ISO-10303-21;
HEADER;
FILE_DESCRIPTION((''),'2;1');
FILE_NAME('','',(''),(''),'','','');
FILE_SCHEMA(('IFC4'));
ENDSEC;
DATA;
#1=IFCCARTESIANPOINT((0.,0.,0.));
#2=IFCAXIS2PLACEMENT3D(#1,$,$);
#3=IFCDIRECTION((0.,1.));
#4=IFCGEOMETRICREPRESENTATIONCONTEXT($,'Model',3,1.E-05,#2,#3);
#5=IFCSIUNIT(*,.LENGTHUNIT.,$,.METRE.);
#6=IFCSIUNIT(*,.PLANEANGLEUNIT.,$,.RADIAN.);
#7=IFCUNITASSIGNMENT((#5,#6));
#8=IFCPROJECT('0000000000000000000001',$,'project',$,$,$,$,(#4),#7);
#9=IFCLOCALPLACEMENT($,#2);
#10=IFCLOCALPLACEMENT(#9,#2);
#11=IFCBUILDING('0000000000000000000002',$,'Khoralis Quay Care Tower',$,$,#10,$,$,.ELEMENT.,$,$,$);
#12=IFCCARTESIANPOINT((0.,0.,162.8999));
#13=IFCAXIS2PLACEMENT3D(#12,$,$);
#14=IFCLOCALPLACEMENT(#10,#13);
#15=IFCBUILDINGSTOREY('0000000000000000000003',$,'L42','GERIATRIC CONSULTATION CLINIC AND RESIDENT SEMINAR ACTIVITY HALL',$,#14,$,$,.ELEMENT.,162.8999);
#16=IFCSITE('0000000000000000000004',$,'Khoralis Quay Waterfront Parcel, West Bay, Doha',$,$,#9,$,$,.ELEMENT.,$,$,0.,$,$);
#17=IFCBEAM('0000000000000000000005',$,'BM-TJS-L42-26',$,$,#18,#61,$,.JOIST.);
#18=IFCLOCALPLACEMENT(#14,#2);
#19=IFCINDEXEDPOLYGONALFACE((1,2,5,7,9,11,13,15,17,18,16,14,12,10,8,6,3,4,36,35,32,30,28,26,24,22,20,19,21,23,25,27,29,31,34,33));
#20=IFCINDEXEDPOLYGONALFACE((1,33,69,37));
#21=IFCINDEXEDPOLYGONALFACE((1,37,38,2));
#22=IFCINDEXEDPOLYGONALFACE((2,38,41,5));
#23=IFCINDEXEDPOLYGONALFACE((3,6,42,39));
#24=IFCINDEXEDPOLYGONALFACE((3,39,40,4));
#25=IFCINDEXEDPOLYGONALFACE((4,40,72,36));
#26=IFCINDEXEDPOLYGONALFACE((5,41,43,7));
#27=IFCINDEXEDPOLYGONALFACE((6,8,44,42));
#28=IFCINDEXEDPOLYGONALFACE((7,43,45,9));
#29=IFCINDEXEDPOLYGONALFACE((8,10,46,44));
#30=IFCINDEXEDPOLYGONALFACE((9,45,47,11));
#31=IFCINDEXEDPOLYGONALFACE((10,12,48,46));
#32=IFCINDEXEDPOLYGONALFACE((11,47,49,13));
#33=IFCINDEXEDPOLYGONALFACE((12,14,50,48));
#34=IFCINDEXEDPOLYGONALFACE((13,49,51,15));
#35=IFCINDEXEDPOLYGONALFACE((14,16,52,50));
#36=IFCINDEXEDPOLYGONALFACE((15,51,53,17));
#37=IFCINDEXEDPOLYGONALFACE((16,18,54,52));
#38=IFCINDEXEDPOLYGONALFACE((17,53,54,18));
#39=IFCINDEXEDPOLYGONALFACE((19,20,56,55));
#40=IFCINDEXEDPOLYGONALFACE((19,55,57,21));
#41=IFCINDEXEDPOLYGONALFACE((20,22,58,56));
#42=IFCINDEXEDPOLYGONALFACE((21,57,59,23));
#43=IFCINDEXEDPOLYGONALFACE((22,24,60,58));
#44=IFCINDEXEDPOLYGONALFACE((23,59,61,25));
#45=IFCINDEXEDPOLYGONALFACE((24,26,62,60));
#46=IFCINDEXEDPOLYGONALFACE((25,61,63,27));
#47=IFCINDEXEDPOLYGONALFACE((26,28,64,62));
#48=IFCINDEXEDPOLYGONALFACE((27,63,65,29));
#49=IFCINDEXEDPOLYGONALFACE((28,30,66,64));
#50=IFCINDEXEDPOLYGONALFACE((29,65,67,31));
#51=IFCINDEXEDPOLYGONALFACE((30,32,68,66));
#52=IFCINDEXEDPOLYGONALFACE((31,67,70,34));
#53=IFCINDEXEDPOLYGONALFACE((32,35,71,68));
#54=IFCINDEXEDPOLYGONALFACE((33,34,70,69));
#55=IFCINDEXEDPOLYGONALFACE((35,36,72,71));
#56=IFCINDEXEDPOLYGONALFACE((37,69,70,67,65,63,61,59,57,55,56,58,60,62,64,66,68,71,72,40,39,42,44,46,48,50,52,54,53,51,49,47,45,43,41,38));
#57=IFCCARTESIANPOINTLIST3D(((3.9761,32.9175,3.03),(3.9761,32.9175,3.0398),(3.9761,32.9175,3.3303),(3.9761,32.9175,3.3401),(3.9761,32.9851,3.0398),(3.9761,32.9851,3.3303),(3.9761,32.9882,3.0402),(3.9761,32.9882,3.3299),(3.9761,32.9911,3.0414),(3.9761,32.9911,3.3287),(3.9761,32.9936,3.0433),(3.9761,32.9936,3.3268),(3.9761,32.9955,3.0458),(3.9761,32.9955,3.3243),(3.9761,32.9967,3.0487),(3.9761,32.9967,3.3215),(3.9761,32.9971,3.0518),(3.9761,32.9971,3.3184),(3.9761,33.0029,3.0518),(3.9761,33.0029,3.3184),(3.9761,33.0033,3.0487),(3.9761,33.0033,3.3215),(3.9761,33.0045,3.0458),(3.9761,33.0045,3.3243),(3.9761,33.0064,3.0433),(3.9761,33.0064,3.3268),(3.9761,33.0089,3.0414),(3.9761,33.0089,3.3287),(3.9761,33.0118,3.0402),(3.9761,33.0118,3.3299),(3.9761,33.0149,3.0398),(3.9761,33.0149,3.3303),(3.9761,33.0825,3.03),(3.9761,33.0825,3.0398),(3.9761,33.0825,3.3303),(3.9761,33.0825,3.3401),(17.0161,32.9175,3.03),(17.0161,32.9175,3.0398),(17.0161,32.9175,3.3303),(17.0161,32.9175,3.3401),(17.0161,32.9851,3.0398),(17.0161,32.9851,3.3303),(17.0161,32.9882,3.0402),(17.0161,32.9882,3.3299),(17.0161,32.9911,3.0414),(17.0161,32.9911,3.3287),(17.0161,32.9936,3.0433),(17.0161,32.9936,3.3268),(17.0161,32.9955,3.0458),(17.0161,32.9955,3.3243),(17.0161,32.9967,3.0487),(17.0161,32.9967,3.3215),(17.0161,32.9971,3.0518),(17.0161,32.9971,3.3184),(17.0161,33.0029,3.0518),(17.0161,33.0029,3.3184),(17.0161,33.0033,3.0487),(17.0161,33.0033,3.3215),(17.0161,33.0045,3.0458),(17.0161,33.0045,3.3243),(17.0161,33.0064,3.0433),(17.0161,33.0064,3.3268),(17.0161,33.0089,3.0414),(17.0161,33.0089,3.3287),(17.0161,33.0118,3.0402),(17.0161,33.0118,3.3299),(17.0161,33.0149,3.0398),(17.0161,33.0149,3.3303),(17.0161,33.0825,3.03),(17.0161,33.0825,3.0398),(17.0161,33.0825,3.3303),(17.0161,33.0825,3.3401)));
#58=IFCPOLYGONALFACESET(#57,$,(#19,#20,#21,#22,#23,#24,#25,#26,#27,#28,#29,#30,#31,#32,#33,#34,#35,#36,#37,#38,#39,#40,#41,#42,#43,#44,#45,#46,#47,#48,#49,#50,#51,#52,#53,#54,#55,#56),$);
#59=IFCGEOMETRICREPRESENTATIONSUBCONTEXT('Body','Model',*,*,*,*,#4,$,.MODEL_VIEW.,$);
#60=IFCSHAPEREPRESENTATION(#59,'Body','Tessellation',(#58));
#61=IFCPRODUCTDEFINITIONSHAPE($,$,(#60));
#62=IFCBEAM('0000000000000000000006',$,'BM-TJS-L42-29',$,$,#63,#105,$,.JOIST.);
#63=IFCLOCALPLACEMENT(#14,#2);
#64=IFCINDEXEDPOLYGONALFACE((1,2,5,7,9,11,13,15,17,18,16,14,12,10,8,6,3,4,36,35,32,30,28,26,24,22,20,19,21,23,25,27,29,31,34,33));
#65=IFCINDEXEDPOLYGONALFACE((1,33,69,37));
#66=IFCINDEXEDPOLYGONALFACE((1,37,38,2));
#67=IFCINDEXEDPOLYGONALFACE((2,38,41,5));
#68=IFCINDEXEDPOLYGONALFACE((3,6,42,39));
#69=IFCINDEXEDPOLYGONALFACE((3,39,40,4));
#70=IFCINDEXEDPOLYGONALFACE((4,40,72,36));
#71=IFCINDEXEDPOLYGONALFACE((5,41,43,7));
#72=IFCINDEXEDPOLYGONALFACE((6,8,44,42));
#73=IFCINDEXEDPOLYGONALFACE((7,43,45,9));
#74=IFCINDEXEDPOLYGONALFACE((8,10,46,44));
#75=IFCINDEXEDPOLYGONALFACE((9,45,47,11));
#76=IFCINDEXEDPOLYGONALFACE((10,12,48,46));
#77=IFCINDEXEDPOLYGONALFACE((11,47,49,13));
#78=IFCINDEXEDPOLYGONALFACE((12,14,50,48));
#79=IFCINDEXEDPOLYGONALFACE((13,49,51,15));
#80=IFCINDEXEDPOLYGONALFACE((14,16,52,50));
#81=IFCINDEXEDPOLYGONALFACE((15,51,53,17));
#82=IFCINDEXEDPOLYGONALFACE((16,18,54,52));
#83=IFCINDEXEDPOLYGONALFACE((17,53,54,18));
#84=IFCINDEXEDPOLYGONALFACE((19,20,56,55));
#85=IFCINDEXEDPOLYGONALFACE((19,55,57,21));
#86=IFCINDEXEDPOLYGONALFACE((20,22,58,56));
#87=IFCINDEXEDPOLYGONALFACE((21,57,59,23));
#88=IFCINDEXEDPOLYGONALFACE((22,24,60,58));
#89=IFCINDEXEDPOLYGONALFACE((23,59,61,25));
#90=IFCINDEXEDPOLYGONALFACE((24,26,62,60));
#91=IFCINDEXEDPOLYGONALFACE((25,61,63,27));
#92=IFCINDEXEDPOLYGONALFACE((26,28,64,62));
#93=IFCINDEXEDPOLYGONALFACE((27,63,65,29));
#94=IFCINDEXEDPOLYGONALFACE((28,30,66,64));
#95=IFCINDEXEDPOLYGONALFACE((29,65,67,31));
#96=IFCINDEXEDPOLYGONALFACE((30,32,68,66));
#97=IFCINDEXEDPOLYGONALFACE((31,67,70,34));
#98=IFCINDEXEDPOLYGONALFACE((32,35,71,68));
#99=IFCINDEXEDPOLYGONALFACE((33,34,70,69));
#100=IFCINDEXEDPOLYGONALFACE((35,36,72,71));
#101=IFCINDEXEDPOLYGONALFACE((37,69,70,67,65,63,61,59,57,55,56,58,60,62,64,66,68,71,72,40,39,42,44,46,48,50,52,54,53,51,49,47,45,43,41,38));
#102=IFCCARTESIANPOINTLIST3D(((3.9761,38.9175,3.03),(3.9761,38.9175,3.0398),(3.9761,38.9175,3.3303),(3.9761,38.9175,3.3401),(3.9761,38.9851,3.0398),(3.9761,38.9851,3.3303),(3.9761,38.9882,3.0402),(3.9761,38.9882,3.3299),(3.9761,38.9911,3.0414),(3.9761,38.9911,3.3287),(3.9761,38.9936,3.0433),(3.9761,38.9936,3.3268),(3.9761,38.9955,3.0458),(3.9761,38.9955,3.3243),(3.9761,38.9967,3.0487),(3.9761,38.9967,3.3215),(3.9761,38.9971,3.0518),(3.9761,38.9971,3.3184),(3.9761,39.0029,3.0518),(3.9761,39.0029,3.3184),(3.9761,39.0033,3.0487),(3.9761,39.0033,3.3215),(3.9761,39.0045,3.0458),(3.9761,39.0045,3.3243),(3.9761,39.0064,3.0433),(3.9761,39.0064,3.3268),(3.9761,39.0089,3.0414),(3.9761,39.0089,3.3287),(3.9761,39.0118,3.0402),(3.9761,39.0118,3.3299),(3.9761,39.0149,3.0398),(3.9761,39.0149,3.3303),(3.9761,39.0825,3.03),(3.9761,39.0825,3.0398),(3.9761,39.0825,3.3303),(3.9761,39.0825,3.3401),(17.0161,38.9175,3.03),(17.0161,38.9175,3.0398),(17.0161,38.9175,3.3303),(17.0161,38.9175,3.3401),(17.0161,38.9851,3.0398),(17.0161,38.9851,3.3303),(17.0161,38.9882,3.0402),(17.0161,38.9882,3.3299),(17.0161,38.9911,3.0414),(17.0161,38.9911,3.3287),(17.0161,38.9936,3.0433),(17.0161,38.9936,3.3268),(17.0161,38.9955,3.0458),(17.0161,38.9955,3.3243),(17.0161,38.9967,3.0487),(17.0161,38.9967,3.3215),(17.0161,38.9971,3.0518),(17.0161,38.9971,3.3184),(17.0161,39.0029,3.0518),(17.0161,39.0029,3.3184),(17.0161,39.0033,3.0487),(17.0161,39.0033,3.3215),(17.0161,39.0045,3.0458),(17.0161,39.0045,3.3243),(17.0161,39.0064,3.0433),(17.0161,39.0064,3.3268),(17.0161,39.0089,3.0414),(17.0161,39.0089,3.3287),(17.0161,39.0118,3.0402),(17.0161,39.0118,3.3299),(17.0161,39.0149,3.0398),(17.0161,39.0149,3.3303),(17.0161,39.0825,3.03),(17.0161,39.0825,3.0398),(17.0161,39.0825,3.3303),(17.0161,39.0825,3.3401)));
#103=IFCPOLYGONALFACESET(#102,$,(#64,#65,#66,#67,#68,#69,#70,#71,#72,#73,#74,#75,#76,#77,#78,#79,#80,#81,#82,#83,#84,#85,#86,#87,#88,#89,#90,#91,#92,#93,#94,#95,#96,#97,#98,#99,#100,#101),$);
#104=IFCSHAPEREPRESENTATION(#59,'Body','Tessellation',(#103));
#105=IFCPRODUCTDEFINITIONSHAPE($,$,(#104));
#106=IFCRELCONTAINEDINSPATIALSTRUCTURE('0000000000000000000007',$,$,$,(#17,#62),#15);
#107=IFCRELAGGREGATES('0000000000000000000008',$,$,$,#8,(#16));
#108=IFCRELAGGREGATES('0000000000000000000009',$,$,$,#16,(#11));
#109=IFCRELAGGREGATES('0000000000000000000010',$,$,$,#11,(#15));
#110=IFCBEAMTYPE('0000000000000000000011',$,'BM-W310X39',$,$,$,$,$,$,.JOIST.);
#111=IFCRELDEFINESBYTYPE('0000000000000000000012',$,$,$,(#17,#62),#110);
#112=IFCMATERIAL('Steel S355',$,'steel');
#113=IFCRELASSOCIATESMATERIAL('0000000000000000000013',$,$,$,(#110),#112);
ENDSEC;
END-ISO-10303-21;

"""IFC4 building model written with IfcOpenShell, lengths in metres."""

from ifc_helpers import new_model, si_unit, direction, frame, origin, origin_2d, place, context, subcontext, project, spatial, i_section, extrude, source, transform, mapped, material, material_profile, profile_set, type_object, element, save


model = new_model("IFC4")

# Units and contexts
model_context = context("Model", 3, precision=1e-05, world=origin(), true_north=direction((0.0, 1.0)))
body_context = subcontext(model_context, "Body", "Model", "MODEL_VIEW")
ifc_project = project(units=[si_unit("LENGTHUNIT", "METRE"), si_unit("PLANEANGLEUNIT", "RADIAN")], contexts=[model_context])

# Site, building, storey
site_placement = place(None, origin())
site = spatial("IfcSite", under=ifc_project, at=site_placement, Name="Khoralis Quay Waterfront Parcel, West Bay, Doha", CompositionType="ELEMENT", RefElevation=0.0)
building_placement = place(site_placement, origin())
building = spatial("IfcBuilding", under=site, at=building_placement, Name="Khoralis Quay Care Tower", CompositionType="ELEMENT")
storey_placement = place(building_placement, frame((0.0, 0.0, 162.8999)))
storey = spatial("IfcBuildingStorey", under=building, at=storey_placement, Name="L42", Description="GERIATRIC CONSULTATION CLINIC AND RESIDENT SEMINAR ACTIVITY HALL", CompositionType="ELEMENT", Elevation=162.8999)

# Beams
ifc_material_1 = material(Name="Steel S355", Category="steel")
ifc_material_profile_1 = material_profile(ifc_material_1, i_section(OverallWidth=0.165, OverallDepth=0.3101, WebThickness=0.0059, FlangeThickness=0.0098, FilletRadius=0.012, at=origin_2d()), Name="Steel S355")
ifc_profile_set_1 = profile_set([ifc_material_profile_1], Name="Steel S355")
beam_type_1 = type_object("IfcBeamType", Name="BM-W310X39", PredefinedType="JOIST", material=ifc_profile_set_1)
shared_shape_1 = source(origin(), body_context, "Body", "SweptSolid", [
    extrude(i_section(OverallWidth=0.165, OverallDepth=0.3101, WebThickness=0.0059, FlangeThickness=0.0098, FilletRadius=0.012, at=origin_2d()), origin(), (0.0, 0.0, 1.0), 13.04),
])
for number, where, z_axis, x_axis, name in (
    (1, (3.9761, 33.0, 3.1851), (1.0, 0.0, 0.0), (0.0, 1.0, 0.0), "BM-TJS-L42-26"),
    (2, (3.9761, 39.0, 3.1851), (1.0, 0.0, 0.0), (0.0, 1.0, 0.0), "BM-TJS-L42-29"),
):
    element("IfcBeam", number, at=place(storey_placement, frame(where, z_axis=z_axis, x_axis=x_axis)), inside=storey, type_object=beam_type_1, Name=name, PredefinedType="JOIST", context=body_context, shape_type="MappedRepresentation", body=[
        mapped(shared_shape_1, transform((0.0, 0.0, 0.0), scale=1.0)),
    ])

save(model, "model.ifc")
